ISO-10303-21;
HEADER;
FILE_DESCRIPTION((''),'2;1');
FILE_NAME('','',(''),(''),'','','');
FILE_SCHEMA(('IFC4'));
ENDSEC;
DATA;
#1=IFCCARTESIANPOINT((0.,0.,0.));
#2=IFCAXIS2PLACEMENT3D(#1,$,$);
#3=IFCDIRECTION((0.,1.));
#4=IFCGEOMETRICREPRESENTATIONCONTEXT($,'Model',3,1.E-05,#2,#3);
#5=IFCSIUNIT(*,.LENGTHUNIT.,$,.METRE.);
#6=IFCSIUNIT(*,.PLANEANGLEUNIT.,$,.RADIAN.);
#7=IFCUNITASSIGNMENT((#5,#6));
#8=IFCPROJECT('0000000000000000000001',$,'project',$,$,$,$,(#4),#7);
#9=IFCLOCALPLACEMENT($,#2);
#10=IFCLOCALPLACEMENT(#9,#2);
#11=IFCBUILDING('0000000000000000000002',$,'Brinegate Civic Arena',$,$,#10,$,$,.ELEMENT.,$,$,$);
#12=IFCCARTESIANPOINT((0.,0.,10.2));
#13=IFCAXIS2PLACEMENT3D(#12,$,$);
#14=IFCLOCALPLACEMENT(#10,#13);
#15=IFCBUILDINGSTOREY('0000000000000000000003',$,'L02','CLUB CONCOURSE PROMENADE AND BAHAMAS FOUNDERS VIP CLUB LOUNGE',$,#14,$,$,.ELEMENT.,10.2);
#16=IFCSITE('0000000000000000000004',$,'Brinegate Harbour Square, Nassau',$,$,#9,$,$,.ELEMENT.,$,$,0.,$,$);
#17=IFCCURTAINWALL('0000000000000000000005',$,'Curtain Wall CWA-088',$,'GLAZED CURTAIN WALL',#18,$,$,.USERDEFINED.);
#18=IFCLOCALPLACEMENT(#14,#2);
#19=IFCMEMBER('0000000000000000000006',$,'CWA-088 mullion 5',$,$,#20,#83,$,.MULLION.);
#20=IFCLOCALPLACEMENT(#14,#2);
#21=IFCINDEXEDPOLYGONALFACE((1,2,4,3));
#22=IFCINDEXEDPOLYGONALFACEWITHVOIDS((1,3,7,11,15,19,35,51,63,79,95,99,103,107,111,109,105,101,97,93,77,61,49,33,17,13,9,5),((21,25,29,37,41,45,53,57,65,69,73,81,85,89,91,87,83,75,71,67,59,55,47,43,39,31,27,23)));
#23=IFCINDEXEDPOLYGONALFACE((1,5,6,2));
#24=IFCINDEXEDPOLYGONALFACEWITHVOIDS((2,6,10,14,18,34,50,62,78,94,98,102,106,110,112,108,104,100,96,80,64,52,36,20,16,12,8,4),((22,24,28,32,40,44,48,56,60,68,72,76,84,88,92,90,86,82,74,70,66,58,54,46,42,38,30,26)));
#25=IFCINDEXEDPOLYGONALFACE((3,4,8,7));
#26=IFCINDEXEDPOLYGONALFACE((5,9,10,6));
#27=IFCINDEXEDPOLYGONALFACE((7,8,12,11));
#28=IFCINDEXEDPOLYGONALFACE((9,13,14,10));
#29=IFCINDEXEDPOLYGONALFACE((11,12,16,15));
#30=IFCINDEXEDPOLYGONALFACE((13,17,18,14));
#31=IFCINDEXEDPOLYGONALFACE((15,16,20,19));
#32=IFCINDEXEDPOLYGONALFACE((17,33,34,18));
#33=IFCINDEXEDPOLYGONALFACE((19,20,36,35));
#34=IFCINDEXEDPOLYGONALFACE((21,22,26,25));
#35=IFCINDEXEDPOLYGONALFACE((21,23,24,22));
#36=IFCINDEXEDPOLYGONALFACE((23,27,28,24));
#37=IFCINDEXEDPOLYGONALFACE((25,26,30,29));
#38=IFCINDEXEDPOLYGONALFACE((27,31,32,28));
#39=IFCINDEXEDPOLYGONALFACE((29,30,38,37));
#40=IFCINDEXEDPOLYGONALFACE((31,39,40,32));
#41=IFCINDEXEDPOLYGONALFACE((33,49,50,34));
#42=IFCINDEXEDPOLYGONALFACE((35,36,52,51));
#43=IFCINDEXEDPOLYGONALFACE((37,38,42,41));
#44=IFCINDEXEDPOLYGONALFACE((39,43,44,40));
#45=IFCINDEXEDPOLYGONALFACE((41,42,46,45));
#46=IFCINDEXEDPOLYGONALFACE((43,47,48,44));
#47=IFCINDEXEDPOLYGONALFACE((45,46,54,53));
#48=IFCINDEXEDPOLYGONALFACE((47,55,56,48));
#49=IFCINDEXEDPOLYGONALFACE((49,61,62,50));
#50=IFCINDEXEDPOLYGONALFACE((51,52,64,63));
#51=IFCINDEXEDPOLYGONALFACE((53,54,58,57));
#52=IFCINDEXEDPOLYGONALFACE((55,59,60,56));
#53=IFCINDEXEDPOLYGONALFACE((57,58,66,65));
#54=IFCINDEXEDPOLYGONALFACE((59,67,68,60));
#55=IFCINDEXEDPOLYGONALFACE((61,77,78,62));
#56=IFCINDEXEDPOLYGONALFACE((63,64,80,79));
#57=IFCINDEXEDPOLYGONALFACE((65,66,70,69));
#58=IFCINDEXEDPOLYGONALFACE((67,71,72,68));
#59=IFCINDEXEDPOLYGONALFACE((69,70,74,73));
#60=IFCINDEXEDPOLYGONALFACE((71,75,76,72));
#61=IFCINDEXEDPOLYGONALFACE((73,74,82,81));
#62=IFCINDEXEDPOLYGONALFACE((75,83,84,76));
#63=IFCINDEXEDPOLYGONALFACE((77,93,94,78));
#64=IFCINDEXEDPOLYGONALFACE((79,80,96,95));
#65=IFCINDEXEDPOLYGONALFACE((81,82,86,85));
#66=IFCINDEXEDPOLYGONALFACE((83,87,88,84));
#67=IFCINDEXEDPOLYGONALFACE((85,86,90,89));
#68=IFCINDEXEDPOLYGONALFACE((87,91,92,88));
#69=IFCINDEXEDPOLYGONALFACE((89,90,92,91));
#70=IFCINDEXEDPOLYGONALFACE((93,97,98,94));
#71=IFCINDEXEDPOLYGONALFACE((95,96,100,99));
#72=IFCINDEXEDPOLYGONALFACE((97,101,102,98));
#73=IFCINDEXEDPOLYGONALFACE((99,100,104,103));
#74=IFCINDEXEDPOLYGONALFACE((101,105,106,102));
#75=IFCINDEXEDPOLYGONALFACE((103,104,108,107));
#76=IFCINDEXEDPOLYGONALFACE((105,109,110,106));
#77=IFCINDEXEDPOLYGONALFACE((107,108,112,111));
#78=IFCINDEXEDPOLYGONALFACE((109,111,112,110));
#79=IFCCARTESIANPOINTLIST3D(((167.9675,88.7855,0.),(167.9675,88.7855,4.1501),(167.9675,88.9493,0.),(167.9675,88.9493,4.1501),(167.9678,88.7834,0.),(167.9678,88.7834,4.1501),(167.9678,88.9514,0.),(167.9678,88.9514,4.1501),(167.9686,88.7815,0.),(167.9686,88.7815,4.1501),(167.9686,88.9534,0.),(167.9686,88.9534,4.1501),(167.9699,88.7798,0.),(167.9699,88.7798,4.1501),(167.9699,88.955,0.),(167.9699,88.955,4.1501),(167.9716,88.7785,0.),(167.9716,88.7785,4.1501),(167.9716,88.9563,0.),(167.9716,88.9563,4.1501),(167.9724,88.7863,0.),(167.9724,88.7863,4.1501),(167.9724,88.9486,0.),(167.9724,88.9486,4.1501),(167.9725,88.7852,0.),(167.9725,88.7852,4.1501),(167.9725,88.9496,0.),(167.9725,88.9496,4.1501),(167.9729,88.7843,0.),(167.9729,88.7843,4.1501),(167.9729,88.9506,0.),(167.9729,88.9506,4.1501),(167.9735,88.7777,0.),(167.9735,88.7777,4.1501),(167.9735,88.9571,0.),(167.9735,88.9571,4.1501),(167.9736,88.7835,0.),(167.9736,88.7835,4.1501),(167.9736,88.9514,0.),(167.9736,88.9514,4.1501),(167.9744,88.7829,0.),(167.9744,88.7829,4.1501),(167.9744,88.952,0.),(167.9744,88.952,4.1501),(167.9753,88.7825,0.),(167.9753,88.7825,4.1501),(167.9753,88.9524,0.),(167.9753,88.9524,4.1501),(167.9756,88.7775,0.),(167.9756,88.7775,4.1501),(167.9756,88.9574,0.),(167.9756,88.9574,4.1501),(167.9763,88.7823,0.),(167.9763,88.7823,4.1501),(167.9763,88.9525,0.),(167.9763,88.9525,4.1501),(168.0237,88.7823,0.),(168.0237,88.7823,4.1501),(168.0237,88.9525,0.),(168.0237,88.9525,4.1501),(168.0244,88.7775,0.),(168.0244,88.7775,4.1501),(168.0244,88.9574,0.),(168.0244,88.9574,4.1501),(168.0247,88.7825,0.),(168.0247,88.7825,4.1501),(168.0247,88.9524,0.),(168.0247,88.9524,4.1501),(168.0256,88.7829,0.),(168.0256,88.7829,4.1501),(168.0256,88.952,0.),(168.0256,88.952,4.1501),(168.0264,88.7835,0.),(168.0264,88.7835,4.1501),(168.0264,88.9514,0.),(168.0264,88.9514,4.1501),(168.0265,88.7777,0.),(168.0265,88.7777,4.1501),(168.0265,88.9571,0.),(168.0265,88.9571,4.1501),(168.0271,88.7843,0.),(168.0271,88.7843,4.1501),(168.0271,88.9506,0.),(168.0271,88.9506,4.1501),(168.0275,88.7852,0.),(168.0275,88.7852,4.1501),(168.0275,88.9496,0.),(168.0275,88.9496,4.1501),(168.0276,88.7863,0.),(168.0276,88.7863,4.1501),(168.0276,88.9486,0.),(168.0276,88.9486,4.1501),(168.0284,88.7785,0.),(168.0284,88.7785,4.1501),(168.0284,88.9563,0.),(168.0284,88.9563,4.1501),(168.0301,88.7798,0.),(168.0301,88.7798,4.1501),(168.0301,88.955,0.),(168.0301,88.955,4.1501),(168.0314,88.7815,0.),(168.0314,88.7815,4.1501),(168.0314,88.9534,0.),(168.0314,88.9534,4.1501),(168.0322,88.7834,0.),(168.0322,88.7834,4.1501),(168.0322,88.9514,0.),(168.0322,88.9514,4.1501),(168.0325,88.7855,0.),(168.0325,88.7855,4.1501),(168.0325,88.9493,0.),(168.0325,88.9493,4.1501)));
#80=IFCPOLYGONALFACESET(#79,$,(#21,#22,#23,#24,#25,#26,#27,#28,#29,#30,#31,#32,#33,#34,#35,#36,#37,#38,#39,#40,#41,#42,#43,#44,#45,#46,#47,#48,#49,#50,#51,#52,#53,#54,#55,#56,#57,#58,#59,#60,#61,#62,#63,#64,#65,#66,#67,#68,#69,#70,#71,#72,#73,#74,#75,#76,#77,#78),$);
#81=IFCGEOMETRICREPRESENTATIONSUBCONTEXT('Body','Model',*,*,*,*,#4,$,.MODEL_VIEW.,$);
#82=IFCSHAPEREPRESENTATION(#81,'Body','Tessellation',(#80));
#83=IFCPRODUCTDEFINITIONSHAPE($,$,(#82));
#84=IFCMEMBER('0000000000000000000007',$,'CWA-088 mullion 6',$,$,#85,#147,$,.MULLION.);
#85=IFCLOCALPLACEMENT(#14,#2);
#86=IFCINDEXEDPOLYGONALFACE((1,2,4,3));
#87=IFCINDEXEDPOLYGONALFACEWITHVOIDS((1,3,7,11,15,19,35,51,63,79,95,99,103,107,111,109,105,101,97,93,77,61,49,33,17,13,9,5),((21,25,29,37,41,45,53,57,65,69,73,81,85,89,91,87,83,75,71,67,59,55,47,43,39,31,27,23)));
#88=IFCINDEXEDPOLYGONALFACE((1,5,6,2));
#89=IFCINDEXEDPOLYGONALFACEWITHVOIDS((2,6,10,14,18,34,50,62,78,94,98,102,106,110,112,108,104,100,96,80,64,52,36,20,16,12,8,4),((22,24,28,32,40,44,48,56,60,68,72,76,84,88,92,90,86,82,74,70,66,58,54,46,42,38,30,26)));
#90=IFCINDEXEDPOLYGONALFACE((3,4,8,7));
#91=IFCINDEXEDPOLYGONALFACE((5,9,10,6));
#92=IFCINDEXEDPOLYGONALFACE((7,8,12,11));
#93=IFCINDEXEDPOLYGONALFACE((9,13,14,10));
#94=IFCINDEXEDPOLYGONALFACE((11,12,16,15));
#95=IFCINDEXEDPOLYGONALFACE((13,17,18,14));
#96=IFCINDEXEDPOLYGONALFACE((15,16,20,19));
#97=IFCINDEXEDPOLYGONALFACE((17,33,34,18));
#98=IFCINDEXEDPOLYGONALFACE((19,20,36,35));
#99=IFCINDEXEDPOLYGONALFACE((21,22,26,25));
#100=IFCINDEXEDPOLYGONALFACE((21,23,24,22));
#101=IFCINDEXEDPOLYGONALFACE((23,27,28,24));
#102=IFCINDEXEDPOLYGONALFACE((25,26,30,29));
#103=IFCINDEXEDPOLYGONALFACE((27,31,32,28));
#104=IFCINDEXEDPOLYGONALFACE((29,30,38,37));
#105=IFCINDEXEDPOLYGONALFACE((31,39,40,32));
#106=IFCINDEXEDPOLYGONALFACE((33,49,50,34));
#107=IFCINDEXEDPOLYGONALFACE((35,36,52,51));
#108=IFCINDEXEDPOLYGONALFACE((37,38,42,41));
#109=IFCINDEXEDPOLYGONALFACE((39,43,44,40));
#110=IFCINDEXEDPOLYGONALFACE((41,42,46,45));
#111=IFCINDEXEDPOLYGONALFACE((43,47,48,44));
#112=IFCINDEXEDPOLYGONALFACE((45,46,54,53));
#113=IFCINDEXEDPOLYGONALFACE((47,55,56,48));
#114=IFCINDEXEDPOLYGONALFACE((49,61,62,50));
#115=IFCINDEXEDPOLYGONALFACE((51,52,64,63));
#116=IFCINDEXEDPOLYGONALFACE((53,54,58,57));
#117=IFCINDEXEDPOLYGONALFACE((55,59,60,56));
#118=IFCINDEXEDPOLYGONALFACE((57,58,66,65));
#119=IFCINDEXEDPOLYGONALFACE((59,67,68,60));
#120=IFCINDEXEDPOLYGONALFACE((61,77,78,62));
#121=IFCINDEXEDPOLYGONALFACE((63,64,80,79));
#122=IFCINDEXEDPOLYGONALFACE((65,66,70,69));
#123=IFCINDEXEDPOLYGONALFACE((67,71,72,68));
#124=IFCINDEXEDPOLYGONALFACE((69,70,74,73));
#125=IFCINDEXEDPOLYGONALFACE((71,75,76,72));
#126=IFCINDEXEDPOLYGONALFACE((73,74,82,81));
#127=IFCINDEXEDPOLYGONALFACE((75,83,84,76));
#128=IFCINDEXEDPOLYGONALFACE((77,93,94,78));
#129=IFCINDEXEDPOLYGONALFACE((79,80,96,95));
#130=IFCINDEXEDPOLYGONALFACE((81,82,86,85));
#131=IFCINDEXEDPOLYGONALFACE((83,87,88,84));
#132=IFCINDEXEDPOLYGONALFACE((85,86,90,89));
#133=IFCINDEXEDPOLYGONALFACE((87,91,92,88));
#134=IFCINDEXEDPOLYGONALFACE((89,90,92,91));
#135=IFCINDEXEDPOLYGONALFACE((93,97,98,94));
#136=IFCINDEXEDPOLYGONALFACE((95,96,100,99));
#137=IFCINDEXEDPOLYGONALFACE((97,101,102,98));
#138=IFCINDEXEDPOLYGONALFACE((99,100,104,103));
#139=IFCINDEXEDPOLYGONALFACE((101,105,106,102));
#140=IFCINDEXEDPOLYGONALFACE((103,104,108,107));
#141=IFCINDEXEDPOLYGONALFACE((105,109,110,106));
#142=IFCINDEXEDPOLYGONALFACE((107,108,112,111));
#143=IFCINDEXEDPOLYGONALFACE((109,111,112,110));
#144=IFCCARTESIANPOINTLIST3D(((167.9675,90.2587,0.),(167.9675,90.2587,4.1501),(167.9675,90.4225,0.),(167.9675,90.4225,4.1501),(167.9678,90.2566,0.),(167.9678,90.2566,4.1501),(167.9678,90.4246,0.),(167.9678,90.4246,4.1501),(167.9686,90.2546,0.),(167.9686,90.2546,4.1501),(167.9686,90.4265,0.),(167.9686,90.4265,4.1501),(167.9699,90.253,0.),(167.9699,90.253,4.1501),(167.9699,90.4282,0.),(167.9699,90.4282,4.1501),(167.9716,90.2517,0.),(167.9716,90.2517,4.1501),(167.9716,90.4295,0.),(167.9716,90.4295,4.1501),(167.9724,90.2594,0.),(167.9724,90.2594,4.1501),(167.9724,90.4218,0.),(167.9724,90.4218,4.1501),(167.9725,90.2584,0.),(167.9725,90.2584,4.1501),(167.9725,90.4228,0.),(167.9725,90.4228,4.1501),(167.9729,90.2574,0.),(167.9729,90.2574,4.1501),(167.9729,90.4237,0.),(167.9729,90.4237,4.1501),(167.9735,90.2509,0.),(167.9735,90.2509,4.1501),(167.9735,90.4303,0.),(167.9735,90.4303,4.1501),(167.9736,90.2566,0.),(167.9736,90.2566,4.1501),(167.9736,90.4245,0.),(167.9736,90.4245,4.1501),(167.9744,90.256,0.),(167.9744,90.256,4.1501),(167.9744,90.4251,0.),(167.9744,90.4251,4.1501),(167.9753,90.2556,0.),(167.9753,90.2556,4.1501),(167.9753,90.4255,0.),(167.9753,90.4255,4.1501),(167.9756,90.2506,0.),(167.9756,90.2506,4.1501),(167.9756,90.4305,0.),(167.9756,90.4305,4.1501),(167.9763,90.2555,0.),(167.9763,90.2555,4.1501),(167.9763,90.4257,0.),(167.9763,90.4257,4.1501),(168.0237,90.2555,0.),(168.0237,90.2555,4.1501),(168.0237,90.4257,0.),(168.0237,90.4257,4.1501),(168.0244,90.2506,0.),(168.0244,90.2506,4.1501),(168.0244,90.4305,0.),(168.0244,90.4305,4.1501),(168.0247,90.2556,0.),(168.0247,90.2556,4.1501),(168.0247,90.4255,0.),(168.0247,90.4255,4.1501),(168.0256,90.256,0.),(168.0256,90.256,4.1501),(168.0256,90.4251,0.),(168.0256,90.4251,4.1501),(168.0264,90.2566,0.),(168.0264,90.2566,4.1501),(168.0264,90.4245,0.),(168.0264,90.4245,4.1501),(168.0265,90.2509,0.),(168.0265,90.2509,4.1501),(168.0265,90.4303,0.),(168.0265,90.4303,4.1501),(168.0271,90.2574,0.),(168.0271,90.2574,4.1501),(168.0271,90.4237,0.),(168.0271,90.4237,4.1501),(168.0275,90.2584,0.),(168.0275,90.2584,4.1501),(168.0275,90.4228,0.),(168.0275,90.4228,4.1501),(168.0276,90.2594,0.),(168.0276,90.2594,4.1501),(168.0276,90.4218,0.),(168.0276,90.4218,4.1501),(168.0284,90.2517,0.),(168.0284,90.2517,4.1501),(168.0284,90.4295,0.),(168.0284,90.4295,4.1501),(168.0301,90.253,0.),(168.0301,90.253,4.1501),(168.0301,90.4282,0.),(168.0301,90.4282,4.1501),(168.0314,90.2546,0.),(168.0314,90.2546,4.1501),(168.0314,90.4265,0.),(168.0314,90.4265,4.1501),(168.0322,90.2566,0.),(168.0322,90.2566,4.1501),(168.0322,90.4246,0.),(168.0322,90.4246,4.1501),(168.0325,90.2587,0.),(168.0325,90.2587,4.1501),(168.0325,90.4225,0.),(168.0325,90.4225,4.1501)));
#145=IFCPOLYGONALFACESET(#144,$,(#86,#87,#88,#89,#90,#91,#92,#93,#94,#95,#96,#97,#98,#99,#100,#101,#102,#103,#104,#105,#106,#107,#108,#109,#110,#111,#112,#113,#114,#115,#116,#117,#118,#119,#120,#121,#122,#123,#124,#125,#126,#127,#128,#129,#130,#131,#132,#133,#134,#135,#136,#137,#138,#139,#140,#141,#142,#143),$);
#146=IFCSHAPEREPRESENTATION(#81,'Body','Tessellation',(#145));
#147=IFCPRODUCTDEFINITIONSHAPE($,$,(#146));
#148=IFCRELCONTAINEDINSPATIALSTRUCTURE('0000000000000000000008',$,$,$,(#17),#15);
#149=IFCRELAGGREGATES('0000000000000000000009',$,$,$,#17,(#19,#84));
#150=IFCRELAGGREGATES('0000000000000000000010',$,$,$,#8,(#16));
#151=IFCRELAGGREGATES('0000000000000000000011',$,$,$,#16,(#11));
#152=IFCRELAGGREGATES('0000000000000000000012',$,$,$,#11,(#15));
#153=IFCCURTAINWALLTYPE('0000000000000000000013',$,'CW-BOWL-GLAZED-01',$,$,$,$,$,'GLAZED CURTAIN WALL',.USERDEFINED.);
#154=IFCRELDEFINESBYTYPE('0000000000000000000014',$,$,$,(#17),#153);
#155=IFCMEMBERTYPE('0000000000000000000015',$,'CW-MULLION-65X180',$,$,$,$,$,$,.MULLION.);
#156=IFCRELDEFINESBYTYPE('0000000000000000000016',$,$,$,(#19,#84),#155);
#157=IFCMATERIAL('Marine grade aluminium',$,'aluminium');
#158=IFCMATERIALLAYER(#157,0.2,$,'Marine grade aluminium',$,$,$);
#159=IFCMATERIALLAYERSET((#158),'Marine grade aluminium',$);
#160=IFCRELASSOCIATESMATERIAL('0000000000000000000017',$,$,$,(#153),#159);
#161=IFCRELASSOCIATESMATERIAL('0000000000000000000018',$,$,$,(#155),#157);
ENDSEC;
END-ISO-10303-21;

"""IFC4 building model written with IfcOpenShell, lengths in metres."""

from ifc_helpers import new_model, si_unit, direction, frame, origin, origin_2d, place, context, subcontext, project, spatial, hollow_rectangle, extrude, material, layer, layer_set, material_profile, profile_set, type_object, element, aggregate, save


model = new_model("IFC4")

# Units and contexts
model_context = context("Model", 3, precision=1e-05, world=origin(), true_north=direction((0.0, 1.0)))
body_context = subcontext(model_context, "Body", "Model", "MODEL_VIEW")
ifc_project = project(units=[si_unit("LENGTHUNIT", "METRE"), si_unit("PLANEANGLEUNIT", "RADIAN")], contexts=[model_context])

# Site, building, storey
site_placement = place(None, origin())
site = spatial("IfcSite", under=ifc_project, at=site_placement, Name="Brinegate Harbour Square, Nassau", CompositionType="ELEMENT", RefElevation=0.0)
building_placement = place(site_placement, origin())
building = spatial("IfcBuilding", under=site, at=building_placement, Name="Brinegate Civic Arena", CompositionType="ELEMENT")
storey_placement = place(building_placement, frame((0.0, 0.0, 10.2)))
storey = spatial("IfcBuildingStorey", under=building, at=storey_placement, Name="L02", Description="CLUB CONCOURSE PROMENADE AND BAHAMAS FOUNDERS VIP CLUB LOUNGE", CompositionType="ELEMENT", Elevation=10.2)

# Curtain wall, members
ifc_material_1 = material(Name="Marine grade aluminium", Category="aluminium")
ifc_layer_1 = layer(ifc_material_1, 0.2, Name="Marine grade aluminium")
ifc_layer_set_1 = layer_set([ifc_layer_1], Name="Marine grade aluminium")
curtain_wall_type = type_object("IfcCurtainWallType", Name="CW-BOWL-GLAZED-01", ElementType="GLAZED CURTAIN WALL", PredefinedType="USERDEFINED", material=ifc_layer_set_1)
curtain_wall_placement = place(storey_placement, origin())
curtain_wall = element("IfcCurtainWall", 1, at=curtain_wall_placement, inside=storey, type_object=curtain_wall_type, Name="Curtain Wall CWA-088", ObjectType="GLAZED CURTAIN WALL", PredefinedType="USERDEFINED")
ifc_material_profile_1 = material_profile(ifc_material_1, hollow_rectangle(XDim=0.0649, YDim=0.1799, WallThickness=0.0049, InnerFilletRadius=0.0039, OuterFilletRadius=0.0081, at=origin_2d()), Name="MUL65X180")
ifc_profile_set_1 = profile_set([ifc_material_profile_1], Name="Marine grade aluminium")
member_type_1 = type_object("IfcMemberType", Name="CW-MULLION-65X180", PredefinedType="MULLION", material=ifc_profile_set_1)
member_1_placement = place(storey_placement, frame((168.0, 88.8674, 0.0), z_axis=(0.0, 0.0, 1.0), x_axis=(-1.0, 0.0, 0.0)))
member_1 = element("IfcMember", 2, at=member_1_placement, type_object=member_type_1, Name="CWA-088 mullion 5", PredefinedType="MULLION", context=body_context, shape_type="SweptSolid", body=[
    extrude(hollow_rectangle(XDim=0.0649, YDim=0.1799, WallThickness=0.0049, InnerFilletRadius=0.0039, OuterFilletRadius=0.0081, at=origin_2d()), origin(), (0.0, 0.0, 1.0), 4.1501),
])
member_2_placement = place(storey_placement, frame((168.0, 90.3406, 0.0), z_axis=(0.0, 0.0, 1.0), x_axis=(-1.0, 0.0, 0.0)))
member_2 = element("IfcMember", 3, at=member_2_placement, type_object=member_type_1, Name="CWA-088 mullion 6", PredefinedType="MULLION", context=body_context, shape_type="SweptSolid", body=[
    extrude(hollow_rectangle(XDim=0.0649, YDim=0.1799, WallThickness=0.0049, InnerFilletRadius=0.0039, OuterFilletRadius=0.0081, at=origin_2d()), origin(), (0.0, 0.0, 1.0), 4.1501),
])

aggregate(curtain_wall, [member_1, member_2])

save(model, "model.ifc")
